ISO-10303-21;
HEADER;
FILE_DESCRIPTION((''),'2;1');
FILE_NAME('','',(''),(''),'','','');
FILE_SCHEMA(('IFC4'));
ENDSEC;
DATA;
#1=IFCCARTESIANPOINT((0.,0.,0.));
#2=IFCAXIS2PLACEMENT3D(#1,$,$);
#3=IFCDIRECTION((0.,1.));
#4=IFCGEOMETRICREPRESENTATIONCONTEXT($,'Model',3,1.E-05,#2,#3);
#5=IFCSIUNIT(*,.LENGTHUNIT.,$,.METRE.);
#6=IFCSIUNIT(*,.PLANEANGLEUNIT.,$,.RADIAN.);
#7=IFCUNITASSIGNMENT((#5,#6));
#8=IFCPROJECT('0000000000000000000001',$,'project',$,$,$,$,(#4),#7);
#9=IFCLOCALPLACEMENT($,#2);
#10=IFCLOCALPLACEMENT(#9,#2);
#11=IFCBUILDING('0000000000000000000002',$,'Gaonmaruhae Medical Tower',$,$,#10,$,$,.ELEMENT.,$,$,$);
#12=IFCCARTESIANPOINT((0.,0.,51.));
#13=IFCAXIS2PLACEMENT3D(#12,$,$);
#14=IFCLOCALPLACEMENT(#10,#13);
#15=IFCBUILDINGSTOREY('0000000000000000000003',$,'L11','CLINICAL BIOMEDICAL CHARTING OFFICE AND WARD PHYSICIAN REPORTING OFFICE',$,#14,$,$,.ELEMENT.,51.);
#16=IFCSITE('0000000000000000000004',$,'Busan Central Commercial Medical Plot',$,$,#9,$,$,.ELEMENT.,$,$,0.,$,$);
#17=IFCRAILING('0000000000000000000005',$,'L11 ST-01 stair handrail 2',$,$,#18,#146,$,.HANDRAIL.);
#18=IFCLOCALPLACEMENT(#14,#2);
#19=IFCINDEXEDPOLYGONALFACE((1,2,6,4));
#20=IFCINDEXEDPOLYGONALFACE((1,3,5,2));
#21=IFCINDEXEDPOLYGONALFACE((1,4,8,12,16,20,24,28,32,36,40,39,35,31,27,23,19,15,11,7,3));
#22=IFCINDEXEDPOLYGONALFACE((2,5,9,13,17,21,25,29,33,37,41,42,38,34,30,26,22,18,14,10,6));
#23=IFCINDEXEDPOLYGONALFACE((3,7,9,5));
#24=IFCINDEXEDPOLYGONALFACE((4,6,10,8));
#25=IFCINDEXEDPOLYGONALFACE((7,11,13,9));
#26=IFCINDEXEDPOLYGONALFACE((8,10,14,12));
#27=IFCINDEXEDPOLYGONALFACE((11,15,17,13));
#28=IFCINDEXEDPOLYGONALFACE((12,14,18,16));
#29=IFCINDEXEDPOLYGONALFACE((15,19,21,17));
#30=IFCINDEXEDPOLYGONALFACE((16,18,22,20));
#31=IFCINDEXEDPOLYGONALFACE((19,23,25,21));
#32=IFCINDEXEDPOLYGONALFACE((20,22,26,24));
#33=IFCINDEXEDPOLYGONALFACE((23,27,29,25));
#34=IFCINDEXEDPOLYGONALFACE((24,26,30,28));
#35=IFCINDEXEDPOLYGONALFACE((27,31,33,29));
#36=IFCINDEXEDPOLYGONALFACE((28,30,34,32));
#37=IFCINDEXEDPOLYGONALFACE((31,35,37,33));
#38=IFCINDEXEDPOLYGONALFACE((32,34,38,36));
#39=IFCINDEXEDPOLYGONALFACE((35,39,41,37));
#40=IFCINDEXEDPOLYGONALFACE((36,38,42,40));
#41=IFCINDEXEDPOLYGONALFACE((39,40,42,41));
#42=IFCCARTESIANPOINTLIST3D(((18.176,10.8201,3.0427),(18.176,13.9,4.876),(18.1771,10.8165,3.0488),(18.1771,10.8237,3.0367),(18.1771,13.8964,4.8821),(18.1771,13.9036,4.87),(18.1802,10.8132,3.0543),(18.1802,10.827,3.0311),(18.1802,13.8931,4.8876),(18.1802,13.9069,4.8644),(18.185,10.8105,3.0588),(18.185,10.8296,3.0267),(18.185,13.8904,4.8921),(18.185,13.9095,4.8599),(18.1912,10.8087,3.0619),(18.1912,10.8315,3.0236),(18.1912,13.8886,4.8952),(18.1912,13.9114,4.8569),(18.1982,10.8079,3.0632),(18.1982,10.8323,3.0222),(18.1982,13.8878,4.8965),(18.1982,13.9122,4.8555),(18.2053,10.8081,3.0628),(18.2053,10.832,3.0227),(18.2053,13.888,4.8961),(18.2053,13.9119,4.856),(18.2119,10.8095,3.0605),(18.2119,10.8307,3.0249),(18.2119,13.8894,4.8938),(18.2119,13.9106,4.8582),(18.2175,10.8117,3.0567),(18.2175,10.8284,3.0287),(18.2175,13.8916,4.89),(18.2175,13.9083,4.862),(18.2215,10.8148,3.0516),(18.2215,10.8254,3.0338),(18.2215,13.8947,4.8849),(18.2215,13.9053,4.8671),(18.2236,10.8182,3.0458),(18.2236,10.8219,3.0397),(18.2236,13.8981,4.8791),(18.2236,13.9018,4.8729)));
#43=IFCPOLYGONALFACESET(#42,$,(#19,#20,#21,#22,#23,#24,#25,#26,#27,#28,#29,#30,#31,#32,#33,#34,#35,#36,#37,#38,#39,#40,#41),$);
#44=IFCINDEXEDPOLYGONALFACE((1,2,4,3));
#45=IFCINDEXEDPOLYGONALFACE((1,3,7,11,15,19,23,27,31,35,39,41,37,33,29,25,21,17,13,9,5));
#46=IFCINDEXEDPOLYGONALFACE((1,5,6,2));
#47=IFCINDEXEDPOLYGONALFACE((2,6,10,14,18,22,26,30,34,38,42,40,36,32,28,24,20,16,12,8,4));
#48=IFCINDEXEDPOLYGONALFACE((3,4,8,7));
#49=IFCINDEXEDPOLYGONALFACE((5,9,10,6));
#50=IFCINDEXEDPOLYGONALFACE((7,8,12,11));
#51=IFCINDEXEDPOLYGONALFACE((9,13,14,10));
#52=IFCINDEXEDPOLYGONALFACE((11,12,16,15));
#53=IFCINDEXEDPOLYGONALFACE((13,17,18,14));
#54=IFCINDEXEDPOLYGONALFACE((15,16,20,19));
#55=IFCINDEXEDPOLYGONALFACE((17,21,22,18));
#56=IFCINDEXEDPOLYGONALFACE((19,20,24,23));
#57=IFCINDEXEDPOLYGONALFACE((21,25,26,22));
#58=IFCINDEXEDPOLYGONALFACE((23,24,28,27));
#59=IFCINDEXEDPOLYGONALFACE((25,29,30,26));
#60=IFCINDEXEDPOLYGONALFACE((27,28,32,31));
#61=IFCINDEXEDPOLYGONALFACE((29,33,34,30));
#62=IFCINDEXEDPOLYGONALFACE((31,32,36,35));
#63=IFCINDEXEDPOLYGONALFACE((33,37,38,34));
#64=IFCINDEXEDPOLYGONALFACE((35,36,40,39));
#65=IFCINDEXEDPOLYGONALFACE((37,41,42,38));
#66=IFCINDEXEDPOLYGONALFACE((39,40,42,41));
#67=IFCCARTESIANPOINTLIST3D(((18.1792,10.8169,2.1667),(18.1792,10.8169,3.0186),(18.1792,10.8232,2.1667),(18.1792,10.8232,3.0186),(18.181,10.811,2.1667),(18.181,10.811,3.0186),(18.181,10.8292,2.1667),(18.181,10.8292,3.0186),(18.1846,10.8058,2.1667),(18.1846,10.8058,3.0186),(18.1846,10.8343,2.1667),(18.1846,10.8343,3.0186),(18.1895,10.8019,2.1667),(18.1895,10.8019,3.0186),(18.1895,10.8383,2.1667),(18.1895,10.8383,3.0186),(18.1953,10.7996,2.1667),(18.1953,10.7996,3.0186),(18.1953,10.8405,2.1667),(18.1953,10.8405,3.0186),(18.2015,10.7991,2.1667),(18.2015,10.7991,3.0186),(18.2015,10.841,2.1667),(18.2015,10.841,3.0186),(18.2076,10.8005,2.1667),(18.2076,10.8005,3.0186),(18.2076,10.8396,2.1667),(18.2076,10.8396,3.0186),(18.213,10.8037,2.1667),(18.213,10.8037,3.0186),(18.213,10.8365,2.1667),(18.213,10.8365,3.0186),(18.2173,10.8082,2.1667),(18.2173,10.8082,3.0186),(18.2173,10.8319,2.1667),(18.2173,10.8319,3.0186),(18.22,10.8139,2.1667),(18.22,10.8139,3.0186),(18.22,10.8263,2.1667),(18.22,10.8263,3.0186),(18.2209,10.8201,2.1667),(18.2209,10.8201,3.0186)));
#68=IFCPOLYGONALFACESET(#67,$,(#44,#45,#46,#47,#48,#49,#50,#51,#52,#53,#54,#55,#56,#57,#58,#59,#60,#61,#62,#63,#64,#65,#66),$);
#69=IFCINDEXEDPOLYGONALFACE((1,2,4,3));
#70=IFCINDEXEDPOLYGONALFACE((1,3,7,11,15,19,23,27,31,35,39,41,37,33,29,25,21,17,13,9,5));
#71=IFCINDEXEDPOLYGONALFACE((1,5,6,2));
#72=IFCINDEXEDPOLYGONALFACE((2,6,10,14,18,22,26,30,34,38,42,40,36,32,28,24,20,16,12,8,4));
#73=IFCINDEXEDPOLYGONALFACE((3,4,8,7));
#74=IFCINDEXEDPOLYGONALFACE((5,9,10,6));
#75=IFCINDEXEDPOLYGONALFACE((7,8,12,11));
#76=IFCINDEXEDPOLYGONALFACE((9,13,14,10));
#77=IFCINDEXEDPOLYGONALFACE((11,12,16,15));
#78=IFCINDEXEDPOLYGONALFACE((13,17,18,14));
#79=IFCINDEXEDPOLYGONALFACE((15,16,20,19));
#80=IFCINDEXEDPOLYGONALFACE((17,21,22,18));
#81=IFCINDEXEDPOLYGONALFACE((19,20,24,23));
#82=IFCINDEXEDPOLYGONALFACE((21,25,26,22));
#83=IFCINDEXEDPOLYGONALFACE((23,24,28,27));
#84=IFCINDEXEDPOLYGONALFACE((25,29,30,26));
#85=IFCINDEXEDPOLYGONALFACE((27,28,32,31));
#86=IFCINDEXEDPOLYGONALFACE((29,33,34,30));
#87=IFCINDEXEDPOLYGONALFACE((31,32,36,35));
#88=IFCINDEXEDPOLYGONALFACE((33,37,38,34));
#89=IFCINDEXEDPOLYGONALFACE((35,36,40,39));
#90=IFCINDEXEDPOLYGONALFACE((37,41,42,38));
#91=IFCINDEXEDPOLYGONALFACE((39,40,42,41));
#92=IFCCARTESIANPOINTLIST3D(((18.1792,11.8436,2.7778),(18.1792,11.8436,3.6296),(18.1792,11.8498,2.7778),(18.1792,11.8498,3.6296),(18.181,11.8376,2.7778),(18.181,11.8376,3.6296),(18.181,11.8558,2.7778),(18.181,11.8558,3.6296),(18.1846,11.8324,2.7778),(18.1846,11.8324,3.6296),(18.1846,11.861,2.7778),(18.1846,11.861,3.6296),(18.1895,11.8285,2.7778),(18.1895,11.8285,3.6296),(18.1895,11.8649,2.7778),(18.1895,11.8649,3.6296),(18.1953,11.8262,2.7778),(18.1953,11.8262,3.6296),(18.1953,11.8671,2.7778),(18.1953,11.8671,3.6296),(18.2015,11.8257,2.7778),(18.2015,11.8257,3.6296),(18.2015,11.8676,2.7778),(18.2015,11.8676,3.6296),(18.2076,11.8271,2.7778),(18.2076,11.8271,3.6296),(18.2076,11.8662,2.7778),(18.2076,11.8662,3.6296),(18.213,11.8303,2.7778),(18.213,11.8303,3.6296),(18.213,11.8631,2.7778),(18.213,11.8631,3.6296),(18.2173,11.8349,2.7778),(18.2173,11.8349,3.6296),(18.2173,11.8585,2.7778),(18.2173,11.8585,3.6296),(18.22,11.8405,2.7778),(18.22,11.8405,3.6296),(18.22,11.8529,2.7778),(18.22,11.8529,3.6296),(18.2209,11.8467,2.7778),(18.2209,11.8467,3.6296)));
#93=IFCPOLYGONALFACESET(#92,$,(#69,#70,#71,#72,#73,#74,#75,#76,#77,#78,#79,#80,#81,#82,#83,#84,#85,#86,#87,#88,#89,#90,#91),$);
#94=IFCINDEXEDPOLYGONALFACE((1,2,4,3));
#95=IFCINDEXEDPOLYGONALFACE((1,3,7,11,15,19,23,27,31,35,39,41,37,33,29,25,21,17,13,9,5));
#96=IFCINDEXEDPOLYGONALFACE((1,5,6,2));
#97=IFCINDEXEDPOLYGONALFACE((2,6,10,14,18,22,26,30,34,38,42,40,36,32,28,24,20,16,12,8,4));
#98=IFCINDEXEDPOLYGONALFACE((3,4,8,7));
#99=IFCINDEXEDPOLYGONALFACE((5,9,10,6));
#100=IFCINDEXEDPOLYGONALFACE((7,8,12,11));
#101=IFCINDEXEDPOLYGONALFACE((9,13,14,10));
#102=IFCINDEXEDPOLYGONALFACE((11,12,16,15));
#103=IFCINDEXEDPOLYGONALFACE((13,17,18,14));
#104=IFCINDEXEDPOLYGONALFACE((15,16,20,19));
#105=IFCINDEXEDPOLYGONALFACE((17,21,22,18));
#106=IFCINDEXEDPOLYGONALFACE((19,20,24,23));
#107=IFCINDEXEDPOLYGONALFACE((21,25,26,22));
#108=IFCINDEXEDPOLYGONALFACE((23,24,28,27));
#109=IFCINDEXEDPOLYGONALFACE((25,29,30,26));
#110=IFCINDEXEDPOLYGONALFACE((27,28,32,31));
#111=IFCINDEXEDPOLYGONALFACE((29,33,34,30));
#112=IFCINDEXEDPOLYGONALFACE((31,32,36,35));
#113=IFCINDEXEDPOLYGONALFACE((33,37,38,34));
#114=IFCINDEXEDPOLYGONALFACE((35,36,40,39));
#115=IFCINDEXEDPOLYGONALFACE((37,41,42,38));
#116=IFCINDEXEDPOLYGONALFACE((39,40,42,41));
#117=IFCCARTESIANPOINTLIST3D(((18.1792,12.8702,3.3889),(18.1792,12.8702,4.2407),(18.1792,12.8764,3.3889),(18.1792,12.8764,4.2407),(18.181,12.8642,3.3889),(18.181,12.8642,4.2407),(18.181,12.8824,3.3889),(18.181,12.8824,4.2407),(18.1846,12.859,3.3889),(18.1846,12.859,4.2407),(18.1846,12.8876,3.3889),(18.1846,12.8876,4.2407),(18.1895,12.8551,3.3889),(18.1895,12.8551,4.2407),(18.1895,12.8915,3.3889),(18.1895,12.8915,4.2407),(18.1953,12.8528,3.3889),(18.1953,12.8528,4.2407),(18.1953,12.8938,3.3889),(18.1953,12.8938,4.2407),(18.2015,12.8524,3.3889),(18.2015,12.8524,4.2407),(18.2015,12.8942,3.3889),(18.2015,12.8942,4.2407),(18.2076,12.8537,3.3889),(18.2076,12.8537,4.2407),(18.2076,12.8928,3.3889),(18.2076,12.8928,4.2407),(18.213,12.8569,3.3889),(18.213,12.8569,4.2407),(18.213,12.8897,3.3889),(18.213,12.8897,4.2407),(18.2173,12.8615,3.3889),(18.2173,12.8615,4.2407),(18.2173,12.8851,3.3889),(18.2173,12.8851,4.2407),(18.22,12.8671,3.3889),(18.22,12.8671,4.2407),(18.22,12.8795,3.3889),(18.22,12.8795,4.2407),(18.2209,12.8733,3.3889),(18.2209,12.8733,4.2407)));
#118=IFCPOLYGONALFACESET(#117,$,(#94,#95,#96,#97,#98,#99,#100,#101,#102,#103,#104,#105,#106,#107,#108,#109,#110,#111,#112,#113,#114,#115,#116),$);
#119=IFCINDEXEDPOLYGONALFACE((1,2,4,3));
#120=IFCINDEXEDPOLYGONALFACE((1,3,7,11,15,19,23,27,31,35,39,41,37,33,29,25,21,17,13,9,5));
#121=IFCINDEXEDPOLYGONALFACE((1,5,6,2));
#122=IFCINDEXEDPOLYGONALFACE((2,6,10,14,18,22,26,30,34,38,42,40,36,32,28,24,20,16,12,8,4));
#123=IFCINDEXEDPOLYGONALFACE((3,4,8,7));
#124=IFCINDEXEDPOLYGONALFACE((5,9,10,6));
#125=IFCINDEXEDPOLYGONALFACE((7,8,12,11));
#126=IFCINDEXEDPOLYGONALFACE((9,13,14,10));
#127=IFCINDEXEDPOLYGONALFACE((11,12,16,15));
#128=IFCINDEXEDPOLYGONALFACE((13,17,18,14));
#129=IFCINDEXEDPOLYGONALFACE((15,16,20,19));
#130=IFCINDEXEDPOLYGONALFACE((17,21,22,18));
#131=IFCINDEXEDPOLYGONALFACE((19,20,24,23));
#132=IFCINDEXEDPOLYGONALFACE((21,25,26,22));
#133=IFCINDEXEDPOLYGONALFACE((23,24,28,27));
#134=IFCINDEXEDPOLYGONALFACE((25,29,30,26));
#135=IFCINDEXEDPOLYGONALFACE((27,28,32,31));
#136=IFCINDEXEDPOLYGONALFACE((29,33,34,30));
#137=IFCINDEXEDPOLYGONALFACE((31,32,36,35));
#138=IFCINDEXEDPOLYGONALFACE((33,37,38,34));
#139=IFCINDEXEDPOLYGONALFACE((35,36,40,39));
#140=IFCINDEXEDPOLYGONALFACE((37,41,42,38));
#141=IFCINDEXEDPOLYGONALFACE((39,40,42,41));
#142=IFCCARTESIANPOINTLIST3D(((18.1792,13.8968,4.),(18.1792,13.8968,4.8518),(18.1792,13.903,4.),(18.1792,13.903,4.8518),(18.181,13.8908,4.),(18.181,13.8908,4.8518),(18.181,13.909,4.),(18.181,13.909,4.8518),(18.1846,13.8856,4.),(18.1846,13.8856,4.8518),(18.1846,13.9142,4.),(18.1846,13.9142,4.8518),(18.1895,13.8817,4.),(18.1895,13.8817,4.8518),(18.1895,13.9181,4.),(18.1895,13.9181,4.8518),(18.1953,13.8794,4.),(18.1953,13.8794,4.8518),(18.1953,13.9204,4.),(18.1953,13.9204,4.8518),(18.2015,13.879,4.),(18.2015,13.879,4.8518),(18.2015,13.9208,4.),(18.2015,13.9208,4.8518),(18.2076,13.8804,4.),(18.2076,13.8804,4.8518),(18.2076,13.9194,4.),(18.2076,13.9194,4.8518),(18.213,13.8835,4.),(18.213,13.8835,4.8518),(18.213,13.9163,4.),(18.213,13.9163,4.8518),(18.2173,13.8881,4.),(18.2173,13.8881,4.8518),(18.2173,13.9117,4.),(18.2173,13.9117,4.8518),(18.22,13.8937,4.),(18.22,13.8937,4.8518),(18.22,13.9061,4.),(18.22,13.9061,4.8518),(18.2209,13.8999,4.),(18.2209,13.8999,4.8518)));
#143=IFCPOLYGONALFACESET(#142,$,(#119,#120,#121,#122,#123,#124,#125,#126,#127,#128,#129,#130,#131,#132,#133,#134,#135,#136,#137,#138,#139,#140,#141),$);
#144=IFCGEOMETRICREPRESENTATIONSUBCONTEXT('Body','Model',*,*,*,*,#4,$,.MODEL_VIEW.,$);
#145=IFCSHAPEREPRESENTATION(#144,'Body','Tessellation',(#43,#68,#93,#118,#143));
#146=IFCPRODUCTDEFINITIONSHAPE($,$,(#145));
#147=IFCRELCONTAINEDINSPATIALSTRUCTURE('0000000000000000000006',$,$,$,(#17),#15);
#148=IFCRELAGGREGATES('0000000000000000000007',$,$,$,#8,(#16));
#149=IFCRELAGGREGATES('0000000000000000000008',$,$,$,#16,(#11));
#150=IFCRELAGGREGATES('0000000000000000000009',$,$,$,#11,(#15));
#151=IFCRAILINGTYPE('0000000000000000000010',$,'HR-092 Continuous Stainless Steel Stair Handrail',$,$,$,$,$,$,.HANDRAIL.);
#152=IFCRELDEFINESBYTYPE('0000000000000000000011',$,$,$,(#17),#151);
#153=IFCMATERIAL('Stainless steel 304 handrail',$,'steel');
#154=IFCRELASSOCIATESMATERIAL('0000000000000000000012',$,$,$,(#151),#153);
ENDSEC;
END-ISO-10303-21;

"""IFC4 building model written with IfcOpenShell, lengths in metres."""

from ifc_helpers import new_model, si_unit, direction, frame, origin, origin_2d, place, context, subcontext, project, spatial, circle, extrude, material, type_object, element, save


model = new_model("IFC4")

# Units and contexts
model_context = context("Model", 3, precision=1e-05, world=origin(), true_north=direction((0.0, 1.0)))
body_context = subcontext(model_context, "Body", "Model", "MODEL_VIEW")
ifc_project = project(units=[si_unit("LENGTHUNIT", "METRE"), si_unit("PLANEANGLEUNIT", "RADIAN")], contexts=[model_context])

# Site, building, storey
site_placement = place(None, origin())
site = spatial("IfcSite", under=ifc_project, at=site_placement, Name="Busan Central Commercial Medical Plot", CompositionType="ELEMENT", RefElevation=0.0)
building_placement = place(site_placement, origin())
building = spatial("IfcBuilding", under=site, at=building_placement, Name="Gaonmaruhae Medical Tower", CompositionType="ELEMENT")
storey_placement = place(building_placement, frame((0.0, 0.0, 51.0)))
storey = spatial("IfcBuildingStorey", under=building, at=storey_placement, Name="L11", Description="CLINICAL BIOMEDICAL CHARTING OFFICE AND WARD PHYSICIAN REPORTING OFFICE", CompositionType="ELEMENT", Elevation=51.0)

# Railing
ifc_material_1 = material(Name="Stainless steel 304 handrail", Category="steel")
railing_type_1 = type_object("IfcRailingType", Name="HR-092 Continuous Stainless Steel Stair Handrail", PredefinedType="HANDRAIL", material=ifc_material_1)
railing_1_placement = place(storey_placement, frame((18.2, 10.8201, 2.1667)))
element("IfcRailing", 1, at=railing_1_placement, inside=storey, type_object=railing_type_1, Name="L11 ST-01 stair handrail 2", PredefinedType="HANDRAIL", context=body_context, shape_type="SweptSolid", body=[
    extrude(circle(Radius=0.0239, at=origin_2d()), frame((0.0, 0.0, 0.876), z_axis=(0.0, 0.859291, 0.511487), x_axis=(-1.0, 0.0, 0.0)), (0.0, 0.0, 1.0), 3.5842),
    extrude(circle(Radius=0.021, at=origin_2d()), origin(), (0.0, 0.0, 1.0), 0.8518),
    extrude(circle(Radius=0.021, at=origin_2d()), frame((0.0, 1.0266, 0.6111)), (0.0, 0.0, 1.0), 0.8518),
    extrude(circle(Radius=0.021, at=origin_2d()), frame((0.0, 2.0532, 1.2222)), (0.0, 0.0, 1.0), 0.8518),
    extrude(circle(Radius=0.021, at=origin_2d()), frame((0.0, 3.0798, 1.8333)), (0.0, 0.0, 1.0), 0.8518),
])

save(model, "model.ifc")
